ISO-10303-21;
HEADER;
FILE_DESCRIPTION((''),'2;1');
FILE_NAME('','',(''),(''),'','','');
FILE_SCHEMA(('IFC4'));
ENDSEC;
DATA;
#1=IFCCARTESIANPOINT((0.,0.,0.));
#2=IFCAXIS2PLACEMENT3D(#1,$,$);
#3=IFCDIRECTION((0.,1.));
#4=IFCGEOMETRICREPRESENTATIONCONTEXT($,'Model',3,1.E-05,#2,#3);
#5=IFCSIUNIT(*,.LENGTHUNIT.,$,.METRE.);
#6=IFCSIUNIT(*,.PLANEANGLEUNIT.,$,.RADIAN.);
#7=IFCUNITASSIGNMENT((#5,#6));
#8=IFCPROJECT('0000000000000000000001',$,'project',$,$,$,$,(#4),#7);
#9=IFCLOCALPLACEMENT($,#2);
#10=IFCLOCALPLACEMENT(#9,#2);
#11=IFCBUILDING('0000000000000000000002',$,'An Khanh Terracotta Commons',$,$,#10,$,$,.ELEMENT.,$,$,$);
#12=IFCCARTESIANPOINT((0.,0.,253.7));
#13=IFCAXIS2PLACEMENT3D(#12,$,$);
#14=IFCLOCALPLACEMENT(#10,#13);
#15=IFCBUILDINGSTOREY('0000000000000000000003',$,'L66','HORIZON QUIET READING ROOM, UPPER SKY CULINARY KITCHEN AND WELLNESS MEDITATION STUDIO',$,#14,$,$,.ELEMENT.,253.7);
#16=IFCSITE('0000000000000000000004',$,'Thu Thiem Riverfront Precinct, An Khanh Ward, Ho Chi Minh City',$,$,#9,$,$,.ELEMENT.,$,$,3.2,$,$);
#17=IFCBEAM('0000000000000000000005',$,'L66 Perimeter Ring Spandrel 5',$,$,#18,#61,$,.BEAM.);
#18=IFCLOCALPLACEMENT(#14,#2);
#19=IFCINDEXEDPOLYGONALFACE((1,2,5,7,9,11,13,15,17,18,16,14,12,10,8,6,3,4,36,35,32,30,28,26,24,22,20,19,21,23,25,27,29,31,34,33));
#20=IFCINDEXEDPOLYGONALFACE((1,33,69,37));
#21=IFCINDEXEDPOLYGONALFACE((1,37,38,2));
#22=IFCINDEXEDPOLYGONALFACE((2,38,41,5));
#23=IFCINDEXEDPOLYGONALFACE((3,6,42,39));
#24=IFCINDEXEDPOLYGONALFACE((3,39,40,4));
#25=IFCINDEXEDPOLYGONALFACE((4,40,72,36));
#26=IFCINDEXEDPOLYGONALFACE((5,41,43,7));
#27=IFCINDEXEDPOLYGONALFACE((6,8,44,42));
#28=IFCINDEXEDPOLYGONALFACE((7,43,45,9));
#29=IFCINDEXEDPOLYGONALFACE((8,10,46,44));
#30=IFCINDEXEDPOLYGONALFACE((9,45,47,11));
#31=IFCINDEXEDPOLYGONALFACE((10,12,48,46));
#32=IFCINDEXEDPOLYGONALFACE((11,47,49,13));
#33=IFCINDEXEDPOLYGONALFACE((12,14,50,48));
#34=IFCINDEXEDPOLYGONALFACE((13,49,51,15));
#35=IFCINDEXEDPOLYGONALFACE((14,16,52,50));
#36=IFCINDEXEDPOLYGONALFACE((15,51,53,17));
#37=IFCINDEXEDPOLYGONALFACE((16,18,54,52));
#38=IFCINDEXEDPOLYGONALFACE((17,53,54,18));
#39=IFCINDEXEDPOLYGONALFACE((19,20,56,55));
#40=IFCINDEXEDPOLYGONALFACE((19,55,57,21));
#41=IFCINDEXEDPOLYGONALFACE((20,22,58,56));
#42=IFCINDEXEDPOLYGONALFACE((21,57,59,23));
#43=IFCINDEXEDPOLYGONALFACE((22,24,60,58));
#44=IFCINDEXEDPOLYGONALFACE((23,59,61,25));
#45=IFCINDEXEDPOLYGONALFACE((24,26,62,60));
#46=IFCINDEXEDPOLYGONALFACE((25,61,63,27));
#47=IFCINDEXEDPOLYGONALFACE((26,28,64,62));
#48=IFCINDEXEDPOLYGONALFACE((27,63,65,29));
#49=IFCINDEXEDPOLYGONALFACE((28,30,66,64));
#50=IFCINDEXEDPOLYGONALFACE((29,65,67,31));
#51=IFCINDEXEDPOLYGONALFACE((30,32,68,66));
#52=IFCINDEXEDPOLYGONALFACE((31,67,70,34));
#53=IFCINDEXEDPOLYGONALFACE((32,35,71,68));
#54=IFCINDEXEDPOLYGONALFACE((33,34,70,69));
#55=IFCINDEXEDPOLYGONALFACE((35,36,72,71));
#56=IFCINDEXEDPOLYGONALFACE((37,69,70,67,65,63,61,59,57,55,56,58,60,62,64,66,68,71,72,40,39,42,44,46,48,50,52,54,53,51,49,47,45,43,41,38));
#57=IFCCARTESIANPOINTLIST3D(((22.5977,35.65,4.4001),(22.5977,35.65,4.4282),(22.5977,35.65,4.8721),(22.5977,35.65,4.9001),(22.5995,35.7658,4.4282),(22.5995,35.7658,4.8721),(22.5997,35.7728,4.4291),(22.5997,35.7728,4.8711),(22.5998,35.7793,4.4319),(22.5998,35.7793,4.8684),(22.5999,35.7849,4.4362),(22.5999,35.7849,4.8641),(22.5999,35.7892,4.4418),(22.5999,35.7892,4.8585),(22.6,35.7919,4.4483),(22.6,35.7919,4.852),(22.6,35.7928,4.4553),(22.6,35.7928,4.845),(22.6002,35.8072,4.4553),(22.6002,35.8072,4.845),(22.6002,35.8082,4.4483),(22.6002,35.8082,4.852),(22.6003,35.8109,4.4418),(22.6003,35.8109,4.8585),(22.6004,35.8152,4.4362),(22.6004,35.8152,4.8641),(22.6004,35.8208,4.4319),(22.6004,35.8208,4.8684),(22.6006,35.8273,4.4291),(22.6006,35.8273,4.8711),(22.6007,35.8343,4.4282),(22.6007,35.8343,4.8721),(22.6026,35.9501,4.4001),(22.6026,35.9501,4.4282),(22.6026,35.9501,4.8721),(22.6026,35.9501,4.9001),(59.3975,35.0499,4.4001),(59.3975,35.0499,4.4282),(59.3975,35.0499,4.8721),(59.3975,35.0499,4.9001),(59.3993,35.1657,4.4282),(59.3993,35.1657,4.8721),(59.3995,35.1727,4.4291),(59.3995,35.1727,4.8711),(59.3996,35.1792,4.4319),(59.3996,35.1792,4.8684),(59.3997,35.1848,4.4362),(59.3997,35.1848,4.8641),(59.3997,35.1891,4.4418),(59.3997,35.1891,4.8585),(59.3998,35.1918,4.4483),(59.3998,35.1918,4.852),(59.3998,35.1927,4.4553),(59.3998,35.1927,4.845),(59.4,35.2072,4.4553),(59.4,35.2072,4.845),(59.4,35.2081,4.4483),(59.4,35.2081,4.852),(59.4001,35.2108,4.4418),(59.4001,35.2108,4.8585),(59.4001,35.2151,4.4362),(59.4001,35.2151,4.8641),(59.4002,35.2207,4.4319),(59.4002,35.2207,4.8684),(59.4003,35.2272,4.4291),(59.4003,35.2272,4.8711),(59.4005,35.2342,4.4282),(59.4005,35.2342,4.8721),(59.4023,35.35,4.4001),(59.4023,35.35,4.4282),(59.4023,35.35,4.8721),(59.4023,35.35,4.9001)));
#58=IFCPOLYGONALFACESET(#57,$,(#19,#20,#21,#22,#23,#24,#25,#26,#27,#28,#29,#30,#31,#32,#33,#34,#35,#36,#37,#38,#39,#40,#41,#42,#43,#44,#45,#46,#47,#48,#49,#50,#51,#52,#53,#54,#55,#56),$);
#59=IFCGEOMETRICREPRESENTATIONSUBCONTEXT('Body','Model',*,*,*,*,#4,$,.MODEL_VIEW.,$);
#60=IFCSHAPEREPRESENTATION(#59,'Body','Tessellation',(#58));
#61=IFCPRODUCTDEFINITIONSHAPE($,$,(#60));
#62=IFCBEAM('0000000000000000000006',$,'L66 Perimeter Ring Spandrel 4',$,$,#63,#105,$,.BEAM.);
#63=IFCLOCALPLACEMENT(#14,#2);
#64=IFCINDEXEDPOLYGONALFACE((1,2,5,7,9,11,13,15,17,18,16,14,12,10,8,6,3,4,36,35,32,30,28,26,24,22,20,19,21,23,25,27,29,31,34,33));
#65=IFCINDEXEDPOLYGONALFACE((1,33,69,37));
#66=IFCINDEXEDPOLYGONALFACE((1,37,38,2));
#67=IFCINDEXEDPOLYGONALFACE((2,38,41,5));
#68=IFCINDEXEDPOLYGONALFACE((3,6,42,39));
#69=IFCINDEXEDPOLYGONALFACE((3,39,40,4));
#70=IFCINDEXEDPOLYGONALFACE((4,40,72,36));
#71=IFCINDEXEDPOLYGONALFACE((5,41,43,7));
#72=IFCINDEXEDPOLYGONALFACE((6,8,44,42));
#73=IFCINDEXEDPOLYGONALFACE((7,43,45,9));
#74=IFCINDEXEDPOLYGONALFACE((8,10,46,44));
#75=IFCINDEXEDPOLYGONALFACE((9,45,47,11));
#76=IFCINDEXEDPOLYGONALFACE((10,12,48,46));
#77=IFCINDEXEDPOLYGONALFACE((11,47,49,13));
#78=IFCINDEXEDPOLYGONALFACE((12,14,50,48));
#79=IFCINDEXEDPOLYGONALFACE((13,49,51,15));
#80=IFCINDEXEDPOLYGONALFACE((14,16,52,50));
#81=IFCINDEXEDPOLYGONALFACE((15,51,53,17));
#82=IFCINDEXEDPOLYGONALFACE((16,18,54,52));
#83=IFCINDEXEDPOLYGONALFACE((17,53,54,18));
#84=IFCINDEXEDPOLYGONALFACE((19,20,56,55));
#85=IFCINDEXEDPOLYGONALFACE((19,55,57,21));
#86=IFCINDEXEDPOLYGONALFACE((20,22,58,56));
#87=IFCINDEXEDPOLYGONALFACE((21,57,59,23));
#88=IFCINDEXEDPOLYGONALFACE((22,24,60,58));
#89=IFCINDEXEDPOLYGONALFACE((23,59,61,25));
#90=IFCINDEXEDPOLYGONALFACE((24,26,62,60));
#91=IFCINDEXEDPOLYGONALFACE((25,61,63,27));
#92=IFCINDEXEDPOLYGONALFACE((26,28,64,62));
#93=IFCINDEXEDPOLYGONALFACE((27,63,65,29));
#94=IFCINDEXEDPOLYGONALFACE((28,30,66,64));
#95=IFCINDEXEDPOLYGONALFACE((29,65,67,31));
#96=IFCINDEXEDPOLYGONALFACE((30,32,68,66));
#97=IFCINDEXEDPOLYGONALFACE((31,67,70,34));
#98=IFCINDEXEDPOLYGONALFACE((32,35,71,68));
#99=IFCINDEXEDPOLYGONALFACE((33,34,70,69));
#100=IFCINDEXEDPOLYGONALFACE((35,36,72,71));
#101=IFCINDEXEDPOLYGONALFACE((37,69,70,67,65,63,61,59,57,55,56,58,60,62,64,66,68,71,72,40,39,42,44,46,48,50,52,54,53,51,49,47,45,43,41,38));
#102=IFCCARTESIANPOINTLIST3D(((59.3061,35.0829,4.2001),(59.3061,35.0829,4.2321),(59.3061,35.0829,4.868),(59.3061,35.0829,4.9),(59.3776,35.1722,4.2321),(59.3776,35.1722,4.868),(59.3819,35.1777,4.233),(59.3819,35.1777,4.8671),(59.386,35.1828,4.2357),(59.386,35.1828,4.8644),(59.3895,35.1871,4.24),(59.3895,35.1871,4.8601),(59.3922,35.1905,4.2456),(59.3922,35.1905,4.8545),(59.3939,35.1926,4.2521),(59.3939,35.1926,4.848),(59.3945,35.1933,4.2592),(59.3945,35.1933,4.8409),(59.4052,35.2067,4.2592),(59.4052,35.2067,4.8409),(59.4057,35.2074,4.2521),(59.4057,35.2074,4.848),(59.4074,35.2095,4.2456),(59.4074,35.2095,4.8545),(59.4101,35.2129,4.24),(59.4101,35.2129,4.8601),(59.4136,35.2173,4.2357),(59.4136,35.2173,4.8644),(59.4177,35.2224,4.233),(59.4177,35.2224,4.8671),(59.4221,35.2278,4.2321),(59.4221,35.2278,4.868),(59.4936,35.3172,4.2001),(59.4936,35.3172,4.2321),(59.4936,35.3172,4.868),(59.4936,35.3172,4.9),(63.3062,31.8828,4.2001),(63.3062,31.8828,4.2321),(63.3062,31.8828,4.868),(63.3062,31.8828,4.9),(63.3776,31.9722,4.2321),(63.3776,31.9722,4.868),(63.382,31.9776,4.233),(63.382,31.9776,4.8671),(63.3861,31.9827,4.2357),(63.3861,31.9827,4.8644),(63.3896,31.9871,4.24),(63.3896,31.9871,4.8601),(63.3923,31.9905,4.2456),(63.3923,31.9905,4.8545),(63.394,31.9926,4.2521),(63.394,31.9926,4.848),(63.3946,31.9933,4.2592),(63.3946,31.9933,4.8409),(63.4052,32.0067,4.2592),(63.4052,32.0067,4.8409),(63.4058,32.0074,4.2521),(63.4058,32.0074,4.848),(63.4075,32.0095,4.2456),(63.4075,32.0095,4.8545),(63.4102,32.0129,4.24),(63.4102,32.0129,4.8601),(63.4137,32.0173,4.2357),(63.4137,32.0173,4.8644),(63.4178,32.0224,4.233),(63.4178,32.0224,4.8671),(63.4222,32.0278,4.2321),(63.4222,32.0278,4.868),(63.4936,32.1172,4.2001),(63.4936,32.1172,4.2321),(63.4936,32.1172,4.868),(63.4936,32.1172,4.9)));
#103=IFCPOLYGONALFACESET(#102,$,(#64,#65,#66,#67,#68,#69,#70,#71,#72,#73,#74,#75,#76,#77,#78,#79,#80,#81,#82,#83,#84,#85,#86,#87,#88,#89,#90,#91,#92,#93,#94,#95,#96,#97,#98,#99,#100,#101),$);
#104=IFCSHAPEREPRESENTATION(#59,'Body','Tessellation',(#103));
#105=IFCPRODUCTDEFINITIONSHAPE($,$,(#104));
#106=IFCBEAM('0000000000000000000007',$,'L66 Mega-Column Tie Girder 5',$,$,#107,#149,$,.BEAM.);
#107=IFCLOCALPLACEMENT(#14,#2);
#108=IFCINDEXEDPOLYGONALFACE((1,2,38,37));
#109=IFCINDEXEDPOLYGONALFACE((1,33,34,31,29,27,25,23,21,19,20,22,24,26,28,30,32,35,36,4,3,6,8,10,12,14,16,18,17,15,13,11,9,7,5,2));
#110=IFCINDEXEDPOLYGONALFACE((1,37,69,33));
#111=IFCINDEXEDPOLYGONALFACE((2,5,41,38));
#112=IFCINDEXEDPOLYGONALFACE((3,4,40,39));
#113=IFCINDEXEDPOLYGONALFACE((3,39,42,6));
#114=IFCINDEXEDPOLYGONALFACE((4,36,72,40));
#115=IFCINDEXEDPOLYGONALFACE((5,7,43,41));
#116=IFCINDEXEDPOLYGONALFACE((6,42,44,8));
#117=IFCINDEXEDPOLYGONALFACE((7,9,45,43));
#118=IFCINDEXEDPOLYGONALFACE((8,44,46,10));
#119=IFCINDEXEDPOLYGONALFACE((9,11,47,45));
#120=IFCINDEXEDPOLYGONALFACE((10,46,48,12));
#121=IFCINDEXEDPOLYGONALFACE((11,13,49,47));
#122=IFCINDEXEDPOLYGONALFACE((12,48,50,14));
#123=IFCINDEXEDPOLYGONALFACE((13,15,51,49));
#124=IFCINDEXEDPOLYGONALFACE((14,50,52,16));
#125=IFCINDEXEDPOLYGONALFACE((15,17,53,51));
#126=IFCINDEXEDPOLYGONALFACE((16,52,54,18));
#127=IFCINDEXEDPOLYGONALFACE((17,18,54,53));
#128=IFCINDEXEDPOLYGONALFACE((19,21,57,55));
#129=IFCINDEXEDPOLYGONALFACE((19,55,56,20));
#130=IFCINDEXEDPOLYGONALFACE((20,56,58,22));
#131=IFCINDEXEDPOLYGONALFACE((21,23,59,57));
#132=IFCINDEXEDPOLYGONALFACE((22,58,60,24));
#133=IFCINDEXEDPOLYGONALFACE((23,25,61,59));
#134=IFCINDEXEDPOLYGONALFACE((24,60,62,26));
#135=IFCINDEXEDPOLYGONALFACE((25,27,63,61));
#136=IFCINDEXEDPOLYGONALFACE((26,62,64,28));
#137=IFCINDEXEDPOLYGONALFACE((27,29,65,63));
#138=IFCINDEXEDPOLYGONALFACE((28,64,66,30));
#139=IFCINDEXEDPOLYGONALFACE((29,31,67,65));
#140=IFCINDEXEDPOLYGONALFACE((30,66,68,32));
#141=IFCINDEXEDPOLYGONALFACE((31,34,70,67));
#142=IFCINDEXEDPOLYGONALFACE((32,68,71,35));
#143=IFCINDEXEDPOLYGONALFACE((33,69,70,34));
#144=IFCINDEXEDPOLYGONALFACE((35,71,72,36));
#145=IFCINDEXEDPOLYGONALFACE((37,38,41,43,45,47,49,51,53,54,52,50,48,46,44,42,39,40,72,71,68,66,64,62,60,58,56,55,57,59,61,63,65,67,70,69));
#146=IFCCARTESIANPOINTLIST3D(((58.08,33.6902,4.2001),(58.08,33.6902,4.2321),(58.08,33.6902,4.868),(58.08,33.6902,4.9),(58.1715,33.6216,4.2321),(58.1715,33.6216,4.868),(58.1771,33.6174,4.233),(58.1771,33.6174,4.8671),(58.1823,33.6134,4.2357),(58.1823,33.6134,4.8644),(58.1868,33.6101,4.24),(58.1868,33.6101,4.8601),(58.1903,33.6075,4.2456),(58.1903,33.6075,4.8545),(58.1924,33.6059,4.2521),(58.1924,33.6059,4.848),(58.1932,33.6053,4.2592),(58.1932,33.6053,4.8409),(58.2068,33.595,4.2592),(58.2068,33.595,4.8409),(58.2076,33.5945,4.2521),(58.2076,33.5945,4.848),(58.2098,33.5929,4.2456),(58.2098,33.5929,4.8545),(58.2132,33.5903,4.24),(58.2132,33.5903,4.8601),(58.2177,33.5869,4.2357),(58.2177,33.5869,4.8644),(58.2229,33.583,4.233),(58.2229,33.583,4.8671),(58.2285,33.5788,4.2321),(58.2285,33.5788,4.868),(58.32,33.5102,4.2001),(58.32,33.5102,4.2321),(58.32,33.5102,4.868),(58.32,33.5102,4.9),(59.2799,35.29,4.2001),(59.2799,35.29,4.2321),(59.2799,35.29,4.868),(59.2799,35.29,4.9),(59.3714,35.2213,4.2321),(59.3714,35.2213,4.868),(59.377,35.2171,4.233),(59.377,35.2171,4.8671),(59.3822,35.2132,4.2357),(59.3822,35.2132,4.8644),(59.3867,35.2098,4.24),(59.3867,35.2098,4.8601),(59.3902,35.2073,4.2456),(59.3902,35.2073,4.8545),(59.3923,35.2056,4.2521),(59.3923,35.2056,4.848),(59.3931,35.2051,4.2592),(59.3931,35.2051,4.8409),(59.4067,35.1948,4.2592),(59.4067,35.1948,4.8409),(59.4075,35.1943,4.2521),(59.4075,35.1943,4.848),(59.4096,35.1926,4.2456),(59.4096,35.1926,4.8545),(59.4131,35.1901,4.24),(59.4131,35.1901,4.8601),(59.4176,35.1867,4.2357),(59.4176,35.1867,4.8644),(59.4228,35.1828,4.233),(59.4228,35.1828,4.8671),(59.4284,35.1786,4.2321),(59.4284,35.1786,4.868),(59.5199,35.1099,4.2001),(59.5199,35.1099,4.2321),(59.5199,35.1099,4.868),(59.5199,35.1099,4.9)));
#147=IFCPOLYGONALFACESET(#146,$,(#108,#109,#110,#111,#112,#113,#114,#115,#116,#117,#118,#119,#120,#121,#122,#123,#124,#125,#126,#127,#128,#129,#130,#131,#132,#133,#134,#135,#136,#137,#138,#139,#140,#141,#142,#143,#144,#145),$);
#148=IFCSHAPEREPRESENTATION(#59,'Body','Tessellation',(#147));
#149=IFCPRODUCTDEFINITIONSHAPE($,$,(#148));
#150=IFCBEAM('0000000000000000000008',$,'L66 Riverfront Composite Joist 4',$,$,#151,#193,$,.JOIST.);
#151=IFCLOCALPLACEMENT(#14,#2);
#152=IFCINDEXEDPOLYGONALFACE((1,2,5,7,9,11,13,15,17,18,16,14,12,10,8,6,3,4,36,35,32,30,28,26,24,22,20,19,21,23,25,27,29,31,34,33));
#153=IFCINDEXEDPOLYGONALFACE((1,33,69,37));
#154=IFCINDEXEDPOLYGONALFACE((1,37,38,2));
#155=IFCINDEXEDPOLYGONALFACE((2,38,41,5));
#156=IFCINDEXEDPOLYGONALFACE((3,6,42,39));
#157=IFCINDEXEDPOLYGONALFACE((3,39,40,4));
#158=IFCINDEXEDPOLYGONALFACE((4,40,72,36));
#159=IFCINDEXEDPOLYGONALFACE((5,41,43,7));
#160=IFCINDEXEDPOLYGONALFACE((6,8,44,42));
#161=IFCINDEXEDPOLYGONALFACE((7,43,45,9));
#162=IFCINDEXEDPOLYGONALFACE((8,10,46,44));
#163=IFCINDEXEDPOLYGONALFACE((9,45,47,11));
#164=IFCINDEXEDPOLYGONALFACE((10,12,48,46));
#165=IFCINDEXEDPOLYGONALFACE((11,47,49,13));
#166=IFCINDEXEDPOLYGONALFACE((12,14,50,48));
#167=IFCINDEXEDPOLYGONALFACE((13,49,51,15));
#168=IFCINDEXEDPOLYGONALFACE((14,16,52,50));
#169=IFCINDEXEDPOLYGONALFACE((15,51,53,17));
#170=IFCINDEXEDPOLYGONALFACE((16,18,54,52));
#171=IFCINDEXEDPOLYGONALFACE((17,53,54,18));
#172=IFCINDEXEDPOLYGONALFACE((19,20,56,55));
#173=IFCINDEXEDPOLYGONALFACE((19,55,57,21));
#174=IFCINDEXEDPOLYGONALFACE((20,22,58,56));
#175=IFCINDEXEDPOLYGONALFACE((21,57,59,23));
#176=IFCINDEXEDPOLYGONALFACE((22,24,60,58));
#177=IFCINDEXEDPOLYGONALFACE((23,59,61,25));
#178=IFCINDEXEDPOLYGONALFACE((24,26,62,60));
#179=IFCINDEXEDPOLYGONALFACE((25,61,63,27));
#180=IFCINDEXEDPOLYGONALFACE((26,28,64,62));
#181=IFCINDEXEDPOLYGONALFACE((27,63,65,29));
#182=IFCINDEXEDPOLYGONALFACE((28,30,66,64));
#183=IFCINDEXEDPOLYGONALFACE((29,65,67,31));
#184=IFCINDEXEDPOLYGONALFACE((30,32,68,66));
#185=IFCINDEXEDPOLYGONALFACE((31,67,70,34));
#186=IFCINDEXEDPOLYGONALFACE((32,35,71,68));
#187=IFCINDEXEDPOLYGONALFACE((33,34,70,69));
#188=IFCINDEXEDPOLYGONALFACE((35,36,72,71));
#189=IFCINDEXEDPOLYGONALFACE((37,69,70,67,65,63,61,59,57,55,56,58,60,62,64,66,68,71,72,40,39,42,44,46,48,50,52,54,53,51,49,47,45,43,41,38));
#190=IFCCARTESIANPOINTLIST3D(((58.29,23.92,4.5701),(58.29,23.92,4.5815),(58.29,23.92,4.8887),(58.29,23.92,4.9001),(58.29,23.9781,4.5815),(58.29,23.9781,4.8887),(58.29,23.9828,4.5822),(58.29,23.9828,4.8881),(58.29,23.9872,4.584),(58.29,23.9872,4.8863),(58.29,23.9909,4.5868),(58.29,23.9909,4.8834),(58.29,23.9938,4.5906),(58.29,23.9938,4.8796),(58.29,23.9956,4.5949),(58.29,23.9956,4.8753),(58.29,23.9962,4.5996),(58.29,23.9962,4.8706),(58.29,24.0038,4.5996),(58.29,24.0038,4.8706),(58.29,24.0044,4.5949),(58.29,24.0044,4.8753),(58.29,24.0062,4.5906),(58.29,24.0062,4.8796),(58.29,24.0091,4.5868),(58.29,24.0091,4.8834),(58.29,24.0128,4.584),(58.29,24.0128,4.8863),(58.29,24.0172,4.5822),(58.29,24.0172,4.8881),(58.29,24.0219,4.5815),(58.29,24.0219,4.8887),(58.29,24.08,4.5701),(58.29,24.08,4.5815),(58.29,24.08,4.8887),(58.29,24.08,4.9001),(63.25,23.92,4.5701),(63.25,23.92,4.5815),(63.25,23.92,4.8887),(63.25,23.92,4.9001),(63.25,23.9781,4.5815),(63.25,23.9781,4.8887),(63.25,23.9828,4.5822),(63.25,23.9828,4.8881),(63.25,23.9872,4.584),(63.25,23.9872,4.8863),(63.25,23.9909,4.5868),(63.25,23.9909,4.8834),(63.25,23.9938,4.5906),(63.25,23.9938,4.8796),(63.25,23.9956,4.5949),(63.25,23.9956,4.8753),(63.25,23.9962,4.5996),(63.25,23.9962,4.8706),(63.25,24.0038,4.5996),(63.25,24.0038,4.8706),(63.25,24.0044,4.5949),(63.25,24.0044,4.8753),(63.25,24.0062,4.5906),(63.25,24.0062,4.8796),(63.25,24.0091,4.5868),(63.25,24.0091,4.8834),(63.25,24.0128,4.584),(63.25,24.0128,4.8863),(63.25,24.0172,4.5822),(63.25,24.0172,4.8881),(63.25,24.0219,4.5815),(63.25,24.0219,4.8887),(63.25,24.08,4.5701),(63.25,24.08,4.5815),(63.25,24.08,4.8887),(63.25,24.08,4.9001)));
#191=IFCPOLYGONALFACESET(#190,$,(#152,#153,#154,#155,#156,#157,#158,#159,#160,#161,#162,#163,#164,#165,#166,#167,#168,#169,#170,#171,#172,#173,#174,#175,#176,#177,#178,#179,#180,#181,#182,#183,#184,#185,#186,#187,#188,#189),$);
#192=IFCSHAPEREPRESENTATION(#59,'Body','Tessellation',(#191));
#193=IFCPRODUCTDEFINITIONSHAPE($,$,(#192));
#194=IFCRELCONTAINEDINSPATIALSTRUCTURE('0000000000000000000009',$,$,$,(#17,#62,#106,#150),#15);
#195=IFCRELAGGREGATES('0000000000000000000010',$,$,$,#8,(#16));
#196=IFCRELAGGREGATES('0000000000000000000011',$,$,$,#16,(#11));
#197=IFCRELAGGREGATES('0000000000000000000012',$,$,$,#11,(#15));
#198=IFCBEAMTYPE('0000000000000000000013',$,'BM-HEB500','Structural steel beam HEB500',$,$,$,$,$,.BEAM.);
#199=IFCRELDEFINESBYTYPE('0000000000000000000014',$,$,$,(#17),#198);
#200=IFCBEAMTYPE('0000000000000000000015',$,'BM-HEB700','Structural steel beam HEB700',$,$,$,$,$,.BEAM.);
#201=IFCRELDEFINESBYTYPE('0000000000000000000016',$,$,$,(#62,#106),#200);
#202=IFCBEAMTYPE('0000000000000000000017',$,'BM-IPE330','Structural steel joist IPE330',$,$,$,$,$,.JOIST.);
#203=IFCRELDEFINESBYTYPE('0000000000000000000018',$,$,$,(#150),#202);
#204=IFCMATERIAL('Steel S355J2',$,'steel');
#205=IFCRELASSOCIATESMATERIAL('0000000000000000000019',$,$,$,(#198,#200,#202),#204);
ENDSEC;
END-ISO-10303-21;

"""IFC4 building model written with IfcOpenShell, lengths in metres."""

from ifc_helpers import new_model, si_unit, direction, frame, origin, origin_2d, place, context, subcontext, project, spatial, i_section, extrude, material, material_profile, profile_set, type_object, element, save


model = new_model("IFC4")

# Units and contexts
model_context = context("Model", 3, precision=1e-05, world=origin(), true_north=direction((0.0, 1.0)))
body_context = subcontext(model_context, "Body", "Model", "MODEL_VIEW")
ifc_project = project(units=[si_unit("LENGTHUNIT", "METRE"), si_unit("PLANEANGLEUNIT", "RADIAN")], contexts=[model_context])

# Site, building, storey
site_placement = place(None, origin())
site = spatial("IfcSite", under=ifc_project, at=site_placement, Name="Thu Thiem Riverfront Precinct, An Khanh Ward, Ho Chi Minh City", CompositionType="ELEMENT", RefElevation=3.2)
building_placement = place(site_placement, origin())
building = spatial("IfcBuilding", under=site, at=building_placement, Name="An Khanh Terracotta Commons", CompositionType="ELEMENT")
storey_placement = place(building_placement, frame((0.0, 0.0, 253.7)))
storey = spatial("IfcBuildingStorey", under=building, at=storey_placement, Name="L66", Description="HORIZON QUIET READING ROOM, UPPER SKY CULINARY KITCHEN AND WELLNESS MEDITATION STUDIO", CompositionType="ELEMENT", Elevation=253.7)

# Beams
ifc_material_1 = material(Name="Steel S355J2", Category="steel")
ifc_material_profile_1 = material_profile(ifc_material_1, i_section(OverallWidth=0.3, OverallDepth=0.5, WebThickness=0.0144, FlangeThickness=0.0281, FilletRadius=0.0271, at=origin_2d()), Name="HEB500")
ifc_profile_set_1 = profile_set([ifc_material_profile_1], Name="Steel S355J2")
beam_type_1 = type_object("IfcBeamType", Name="BM-HEB500", Description="Structural steel beam HEB500", PredefinedType="BEAM", material=ifc_profile_set_1)
beam_1_placement = place(storey_placement, frame((59.3999, 35.2, 4.6501), z_axis=(-0.999867, 0.016305, 0.0), x_axis=(-0.016305, -0.999867, 0.0)))
element("IfcBeam", 1, at=beam_1_placement, inside=storey, type_object=beam_type_1, Name="L66 Perimeter Ring Spandrel 5", PredefinedType="BEAM", context=body_context, shape_type="SweptSolid", body=[
    extrude(i_section(OverallWidth=0.3, OverallDepth=0.5, WebThickness=0.0144, FlangeThickness=0.0281, FilletRadius=0.0271, at=origin_2d()), origin(), (0.0, 0.0, 1.0), 36.8047),
])
ifc_material_profile_2 = material_profile(ifc_material_1, i_section(OverallWidth=0.3, OverallDepth=0.7, WebThickness=0.0171, FlangeThickness=0.032, FilletRadius=0.0271, at=origin_2d()), Name="HEB700")
ifc_profile_set_2 = profile_set([ifc_material_profile_2], Name="Steel S355J2")
beam_type_2 = type_object("IfcBeamType", Name="BM-HEB700", Description="Structural steel beam HEB700", PredefinedType="BEAM", material=ifc_profile_set_2)
beam_2_placement = place(storey_placement, frame((63.3999, 32.0, 4.55), z_axis=(-0.780873, 0.624689, 0.0), x_axis=(-0.624689, -0.780873, 0.0)))
element("IfcBeam", 2, at=beam_2_placement, inside=storey, type_object=beam_type_2, Name="L66 Perimeter Ring Spandrel 4", PredefinedType="BEAM", context=body_context, shape_type="SweptSolid", body=[
    extrude(i_section(OverallWidth=0.3, OverallDepth=0.7, WebThickness=0.0171, FlangeThickness=0.032, FilletRadius=0.0271, at=origin_2d()), origin(), (0.0, 0.0, 1.0), 5.1226),
])
beam_3_placement = place(storey_placement, frame((59.3999, 35.2, 4.55), z_axis=(-0.60002, -0.799985, 0.0), x_axis=(0.799985, -0.60002, 0.0)))
element("IfcBeam", 3, at=beam_3_placement, inside=storey, type_object=beam_type_2, Name="L66 Mega-Column Tie Girder 5", PredefinedType="BEAM", context=body_context, shape_type="SweptSolid", body=[
    extrude(i_section(OverallWidth=0.3, OverallDepth=0.7, WebThickness=0.0171, FlangeThickness=0.032, FilletRadius=0.0271, at=origin_2d()), origin(), (0.0, 0.0, 1.0), 1.9998),
])
ifc_material_profile_3 = material_profile(ifc_material_1, i_section(OverallWidth=0.1599, OverallDepth=0.3301, WebThickness=0.0076, FlangeThickness=0.0115, FilletRadius=0.0181, at=origin_2d()), Name="IPE330")
ifc_profile_set_3 = profile_set([ifc_material_profile_3], Name="Steel S355J2")
beam_type_3 = type_object("IfcBeamType", Name="BM-IPE330", Description="Structural steel joist IPE330", PredefinedType="JOIST", material=ifc_profile_set_3)
for number, where, z_axis, x_axis, name in (
    (4, (58.29, 24.0, 4.7351), (1.0, 0.0, 0.0), (0.0, 1.0, 0.0), "L66 Riverfront Composite Joist 4"),
):
    element("IfcBeam", number, at=place(storey_placement, frame(where, z_axis=z_axis, x_axis=x_axis)), inside=storey, type_object=beam_type_3, Name=name, PredefinedType="JOIST", context=body_context, shape_type="SweptSolid", body=[
        extrude(i_section(OverallWidth=0.1599, OverallDepth=0.3301, WebThickness=0.0076, FlangeThickness=0.0115, FilletRadius=0.0181, at=origin_2d()), origin(), (0.0, 0.0, 1.0), 4.96),
    ])

save(model, "model.ifc")
